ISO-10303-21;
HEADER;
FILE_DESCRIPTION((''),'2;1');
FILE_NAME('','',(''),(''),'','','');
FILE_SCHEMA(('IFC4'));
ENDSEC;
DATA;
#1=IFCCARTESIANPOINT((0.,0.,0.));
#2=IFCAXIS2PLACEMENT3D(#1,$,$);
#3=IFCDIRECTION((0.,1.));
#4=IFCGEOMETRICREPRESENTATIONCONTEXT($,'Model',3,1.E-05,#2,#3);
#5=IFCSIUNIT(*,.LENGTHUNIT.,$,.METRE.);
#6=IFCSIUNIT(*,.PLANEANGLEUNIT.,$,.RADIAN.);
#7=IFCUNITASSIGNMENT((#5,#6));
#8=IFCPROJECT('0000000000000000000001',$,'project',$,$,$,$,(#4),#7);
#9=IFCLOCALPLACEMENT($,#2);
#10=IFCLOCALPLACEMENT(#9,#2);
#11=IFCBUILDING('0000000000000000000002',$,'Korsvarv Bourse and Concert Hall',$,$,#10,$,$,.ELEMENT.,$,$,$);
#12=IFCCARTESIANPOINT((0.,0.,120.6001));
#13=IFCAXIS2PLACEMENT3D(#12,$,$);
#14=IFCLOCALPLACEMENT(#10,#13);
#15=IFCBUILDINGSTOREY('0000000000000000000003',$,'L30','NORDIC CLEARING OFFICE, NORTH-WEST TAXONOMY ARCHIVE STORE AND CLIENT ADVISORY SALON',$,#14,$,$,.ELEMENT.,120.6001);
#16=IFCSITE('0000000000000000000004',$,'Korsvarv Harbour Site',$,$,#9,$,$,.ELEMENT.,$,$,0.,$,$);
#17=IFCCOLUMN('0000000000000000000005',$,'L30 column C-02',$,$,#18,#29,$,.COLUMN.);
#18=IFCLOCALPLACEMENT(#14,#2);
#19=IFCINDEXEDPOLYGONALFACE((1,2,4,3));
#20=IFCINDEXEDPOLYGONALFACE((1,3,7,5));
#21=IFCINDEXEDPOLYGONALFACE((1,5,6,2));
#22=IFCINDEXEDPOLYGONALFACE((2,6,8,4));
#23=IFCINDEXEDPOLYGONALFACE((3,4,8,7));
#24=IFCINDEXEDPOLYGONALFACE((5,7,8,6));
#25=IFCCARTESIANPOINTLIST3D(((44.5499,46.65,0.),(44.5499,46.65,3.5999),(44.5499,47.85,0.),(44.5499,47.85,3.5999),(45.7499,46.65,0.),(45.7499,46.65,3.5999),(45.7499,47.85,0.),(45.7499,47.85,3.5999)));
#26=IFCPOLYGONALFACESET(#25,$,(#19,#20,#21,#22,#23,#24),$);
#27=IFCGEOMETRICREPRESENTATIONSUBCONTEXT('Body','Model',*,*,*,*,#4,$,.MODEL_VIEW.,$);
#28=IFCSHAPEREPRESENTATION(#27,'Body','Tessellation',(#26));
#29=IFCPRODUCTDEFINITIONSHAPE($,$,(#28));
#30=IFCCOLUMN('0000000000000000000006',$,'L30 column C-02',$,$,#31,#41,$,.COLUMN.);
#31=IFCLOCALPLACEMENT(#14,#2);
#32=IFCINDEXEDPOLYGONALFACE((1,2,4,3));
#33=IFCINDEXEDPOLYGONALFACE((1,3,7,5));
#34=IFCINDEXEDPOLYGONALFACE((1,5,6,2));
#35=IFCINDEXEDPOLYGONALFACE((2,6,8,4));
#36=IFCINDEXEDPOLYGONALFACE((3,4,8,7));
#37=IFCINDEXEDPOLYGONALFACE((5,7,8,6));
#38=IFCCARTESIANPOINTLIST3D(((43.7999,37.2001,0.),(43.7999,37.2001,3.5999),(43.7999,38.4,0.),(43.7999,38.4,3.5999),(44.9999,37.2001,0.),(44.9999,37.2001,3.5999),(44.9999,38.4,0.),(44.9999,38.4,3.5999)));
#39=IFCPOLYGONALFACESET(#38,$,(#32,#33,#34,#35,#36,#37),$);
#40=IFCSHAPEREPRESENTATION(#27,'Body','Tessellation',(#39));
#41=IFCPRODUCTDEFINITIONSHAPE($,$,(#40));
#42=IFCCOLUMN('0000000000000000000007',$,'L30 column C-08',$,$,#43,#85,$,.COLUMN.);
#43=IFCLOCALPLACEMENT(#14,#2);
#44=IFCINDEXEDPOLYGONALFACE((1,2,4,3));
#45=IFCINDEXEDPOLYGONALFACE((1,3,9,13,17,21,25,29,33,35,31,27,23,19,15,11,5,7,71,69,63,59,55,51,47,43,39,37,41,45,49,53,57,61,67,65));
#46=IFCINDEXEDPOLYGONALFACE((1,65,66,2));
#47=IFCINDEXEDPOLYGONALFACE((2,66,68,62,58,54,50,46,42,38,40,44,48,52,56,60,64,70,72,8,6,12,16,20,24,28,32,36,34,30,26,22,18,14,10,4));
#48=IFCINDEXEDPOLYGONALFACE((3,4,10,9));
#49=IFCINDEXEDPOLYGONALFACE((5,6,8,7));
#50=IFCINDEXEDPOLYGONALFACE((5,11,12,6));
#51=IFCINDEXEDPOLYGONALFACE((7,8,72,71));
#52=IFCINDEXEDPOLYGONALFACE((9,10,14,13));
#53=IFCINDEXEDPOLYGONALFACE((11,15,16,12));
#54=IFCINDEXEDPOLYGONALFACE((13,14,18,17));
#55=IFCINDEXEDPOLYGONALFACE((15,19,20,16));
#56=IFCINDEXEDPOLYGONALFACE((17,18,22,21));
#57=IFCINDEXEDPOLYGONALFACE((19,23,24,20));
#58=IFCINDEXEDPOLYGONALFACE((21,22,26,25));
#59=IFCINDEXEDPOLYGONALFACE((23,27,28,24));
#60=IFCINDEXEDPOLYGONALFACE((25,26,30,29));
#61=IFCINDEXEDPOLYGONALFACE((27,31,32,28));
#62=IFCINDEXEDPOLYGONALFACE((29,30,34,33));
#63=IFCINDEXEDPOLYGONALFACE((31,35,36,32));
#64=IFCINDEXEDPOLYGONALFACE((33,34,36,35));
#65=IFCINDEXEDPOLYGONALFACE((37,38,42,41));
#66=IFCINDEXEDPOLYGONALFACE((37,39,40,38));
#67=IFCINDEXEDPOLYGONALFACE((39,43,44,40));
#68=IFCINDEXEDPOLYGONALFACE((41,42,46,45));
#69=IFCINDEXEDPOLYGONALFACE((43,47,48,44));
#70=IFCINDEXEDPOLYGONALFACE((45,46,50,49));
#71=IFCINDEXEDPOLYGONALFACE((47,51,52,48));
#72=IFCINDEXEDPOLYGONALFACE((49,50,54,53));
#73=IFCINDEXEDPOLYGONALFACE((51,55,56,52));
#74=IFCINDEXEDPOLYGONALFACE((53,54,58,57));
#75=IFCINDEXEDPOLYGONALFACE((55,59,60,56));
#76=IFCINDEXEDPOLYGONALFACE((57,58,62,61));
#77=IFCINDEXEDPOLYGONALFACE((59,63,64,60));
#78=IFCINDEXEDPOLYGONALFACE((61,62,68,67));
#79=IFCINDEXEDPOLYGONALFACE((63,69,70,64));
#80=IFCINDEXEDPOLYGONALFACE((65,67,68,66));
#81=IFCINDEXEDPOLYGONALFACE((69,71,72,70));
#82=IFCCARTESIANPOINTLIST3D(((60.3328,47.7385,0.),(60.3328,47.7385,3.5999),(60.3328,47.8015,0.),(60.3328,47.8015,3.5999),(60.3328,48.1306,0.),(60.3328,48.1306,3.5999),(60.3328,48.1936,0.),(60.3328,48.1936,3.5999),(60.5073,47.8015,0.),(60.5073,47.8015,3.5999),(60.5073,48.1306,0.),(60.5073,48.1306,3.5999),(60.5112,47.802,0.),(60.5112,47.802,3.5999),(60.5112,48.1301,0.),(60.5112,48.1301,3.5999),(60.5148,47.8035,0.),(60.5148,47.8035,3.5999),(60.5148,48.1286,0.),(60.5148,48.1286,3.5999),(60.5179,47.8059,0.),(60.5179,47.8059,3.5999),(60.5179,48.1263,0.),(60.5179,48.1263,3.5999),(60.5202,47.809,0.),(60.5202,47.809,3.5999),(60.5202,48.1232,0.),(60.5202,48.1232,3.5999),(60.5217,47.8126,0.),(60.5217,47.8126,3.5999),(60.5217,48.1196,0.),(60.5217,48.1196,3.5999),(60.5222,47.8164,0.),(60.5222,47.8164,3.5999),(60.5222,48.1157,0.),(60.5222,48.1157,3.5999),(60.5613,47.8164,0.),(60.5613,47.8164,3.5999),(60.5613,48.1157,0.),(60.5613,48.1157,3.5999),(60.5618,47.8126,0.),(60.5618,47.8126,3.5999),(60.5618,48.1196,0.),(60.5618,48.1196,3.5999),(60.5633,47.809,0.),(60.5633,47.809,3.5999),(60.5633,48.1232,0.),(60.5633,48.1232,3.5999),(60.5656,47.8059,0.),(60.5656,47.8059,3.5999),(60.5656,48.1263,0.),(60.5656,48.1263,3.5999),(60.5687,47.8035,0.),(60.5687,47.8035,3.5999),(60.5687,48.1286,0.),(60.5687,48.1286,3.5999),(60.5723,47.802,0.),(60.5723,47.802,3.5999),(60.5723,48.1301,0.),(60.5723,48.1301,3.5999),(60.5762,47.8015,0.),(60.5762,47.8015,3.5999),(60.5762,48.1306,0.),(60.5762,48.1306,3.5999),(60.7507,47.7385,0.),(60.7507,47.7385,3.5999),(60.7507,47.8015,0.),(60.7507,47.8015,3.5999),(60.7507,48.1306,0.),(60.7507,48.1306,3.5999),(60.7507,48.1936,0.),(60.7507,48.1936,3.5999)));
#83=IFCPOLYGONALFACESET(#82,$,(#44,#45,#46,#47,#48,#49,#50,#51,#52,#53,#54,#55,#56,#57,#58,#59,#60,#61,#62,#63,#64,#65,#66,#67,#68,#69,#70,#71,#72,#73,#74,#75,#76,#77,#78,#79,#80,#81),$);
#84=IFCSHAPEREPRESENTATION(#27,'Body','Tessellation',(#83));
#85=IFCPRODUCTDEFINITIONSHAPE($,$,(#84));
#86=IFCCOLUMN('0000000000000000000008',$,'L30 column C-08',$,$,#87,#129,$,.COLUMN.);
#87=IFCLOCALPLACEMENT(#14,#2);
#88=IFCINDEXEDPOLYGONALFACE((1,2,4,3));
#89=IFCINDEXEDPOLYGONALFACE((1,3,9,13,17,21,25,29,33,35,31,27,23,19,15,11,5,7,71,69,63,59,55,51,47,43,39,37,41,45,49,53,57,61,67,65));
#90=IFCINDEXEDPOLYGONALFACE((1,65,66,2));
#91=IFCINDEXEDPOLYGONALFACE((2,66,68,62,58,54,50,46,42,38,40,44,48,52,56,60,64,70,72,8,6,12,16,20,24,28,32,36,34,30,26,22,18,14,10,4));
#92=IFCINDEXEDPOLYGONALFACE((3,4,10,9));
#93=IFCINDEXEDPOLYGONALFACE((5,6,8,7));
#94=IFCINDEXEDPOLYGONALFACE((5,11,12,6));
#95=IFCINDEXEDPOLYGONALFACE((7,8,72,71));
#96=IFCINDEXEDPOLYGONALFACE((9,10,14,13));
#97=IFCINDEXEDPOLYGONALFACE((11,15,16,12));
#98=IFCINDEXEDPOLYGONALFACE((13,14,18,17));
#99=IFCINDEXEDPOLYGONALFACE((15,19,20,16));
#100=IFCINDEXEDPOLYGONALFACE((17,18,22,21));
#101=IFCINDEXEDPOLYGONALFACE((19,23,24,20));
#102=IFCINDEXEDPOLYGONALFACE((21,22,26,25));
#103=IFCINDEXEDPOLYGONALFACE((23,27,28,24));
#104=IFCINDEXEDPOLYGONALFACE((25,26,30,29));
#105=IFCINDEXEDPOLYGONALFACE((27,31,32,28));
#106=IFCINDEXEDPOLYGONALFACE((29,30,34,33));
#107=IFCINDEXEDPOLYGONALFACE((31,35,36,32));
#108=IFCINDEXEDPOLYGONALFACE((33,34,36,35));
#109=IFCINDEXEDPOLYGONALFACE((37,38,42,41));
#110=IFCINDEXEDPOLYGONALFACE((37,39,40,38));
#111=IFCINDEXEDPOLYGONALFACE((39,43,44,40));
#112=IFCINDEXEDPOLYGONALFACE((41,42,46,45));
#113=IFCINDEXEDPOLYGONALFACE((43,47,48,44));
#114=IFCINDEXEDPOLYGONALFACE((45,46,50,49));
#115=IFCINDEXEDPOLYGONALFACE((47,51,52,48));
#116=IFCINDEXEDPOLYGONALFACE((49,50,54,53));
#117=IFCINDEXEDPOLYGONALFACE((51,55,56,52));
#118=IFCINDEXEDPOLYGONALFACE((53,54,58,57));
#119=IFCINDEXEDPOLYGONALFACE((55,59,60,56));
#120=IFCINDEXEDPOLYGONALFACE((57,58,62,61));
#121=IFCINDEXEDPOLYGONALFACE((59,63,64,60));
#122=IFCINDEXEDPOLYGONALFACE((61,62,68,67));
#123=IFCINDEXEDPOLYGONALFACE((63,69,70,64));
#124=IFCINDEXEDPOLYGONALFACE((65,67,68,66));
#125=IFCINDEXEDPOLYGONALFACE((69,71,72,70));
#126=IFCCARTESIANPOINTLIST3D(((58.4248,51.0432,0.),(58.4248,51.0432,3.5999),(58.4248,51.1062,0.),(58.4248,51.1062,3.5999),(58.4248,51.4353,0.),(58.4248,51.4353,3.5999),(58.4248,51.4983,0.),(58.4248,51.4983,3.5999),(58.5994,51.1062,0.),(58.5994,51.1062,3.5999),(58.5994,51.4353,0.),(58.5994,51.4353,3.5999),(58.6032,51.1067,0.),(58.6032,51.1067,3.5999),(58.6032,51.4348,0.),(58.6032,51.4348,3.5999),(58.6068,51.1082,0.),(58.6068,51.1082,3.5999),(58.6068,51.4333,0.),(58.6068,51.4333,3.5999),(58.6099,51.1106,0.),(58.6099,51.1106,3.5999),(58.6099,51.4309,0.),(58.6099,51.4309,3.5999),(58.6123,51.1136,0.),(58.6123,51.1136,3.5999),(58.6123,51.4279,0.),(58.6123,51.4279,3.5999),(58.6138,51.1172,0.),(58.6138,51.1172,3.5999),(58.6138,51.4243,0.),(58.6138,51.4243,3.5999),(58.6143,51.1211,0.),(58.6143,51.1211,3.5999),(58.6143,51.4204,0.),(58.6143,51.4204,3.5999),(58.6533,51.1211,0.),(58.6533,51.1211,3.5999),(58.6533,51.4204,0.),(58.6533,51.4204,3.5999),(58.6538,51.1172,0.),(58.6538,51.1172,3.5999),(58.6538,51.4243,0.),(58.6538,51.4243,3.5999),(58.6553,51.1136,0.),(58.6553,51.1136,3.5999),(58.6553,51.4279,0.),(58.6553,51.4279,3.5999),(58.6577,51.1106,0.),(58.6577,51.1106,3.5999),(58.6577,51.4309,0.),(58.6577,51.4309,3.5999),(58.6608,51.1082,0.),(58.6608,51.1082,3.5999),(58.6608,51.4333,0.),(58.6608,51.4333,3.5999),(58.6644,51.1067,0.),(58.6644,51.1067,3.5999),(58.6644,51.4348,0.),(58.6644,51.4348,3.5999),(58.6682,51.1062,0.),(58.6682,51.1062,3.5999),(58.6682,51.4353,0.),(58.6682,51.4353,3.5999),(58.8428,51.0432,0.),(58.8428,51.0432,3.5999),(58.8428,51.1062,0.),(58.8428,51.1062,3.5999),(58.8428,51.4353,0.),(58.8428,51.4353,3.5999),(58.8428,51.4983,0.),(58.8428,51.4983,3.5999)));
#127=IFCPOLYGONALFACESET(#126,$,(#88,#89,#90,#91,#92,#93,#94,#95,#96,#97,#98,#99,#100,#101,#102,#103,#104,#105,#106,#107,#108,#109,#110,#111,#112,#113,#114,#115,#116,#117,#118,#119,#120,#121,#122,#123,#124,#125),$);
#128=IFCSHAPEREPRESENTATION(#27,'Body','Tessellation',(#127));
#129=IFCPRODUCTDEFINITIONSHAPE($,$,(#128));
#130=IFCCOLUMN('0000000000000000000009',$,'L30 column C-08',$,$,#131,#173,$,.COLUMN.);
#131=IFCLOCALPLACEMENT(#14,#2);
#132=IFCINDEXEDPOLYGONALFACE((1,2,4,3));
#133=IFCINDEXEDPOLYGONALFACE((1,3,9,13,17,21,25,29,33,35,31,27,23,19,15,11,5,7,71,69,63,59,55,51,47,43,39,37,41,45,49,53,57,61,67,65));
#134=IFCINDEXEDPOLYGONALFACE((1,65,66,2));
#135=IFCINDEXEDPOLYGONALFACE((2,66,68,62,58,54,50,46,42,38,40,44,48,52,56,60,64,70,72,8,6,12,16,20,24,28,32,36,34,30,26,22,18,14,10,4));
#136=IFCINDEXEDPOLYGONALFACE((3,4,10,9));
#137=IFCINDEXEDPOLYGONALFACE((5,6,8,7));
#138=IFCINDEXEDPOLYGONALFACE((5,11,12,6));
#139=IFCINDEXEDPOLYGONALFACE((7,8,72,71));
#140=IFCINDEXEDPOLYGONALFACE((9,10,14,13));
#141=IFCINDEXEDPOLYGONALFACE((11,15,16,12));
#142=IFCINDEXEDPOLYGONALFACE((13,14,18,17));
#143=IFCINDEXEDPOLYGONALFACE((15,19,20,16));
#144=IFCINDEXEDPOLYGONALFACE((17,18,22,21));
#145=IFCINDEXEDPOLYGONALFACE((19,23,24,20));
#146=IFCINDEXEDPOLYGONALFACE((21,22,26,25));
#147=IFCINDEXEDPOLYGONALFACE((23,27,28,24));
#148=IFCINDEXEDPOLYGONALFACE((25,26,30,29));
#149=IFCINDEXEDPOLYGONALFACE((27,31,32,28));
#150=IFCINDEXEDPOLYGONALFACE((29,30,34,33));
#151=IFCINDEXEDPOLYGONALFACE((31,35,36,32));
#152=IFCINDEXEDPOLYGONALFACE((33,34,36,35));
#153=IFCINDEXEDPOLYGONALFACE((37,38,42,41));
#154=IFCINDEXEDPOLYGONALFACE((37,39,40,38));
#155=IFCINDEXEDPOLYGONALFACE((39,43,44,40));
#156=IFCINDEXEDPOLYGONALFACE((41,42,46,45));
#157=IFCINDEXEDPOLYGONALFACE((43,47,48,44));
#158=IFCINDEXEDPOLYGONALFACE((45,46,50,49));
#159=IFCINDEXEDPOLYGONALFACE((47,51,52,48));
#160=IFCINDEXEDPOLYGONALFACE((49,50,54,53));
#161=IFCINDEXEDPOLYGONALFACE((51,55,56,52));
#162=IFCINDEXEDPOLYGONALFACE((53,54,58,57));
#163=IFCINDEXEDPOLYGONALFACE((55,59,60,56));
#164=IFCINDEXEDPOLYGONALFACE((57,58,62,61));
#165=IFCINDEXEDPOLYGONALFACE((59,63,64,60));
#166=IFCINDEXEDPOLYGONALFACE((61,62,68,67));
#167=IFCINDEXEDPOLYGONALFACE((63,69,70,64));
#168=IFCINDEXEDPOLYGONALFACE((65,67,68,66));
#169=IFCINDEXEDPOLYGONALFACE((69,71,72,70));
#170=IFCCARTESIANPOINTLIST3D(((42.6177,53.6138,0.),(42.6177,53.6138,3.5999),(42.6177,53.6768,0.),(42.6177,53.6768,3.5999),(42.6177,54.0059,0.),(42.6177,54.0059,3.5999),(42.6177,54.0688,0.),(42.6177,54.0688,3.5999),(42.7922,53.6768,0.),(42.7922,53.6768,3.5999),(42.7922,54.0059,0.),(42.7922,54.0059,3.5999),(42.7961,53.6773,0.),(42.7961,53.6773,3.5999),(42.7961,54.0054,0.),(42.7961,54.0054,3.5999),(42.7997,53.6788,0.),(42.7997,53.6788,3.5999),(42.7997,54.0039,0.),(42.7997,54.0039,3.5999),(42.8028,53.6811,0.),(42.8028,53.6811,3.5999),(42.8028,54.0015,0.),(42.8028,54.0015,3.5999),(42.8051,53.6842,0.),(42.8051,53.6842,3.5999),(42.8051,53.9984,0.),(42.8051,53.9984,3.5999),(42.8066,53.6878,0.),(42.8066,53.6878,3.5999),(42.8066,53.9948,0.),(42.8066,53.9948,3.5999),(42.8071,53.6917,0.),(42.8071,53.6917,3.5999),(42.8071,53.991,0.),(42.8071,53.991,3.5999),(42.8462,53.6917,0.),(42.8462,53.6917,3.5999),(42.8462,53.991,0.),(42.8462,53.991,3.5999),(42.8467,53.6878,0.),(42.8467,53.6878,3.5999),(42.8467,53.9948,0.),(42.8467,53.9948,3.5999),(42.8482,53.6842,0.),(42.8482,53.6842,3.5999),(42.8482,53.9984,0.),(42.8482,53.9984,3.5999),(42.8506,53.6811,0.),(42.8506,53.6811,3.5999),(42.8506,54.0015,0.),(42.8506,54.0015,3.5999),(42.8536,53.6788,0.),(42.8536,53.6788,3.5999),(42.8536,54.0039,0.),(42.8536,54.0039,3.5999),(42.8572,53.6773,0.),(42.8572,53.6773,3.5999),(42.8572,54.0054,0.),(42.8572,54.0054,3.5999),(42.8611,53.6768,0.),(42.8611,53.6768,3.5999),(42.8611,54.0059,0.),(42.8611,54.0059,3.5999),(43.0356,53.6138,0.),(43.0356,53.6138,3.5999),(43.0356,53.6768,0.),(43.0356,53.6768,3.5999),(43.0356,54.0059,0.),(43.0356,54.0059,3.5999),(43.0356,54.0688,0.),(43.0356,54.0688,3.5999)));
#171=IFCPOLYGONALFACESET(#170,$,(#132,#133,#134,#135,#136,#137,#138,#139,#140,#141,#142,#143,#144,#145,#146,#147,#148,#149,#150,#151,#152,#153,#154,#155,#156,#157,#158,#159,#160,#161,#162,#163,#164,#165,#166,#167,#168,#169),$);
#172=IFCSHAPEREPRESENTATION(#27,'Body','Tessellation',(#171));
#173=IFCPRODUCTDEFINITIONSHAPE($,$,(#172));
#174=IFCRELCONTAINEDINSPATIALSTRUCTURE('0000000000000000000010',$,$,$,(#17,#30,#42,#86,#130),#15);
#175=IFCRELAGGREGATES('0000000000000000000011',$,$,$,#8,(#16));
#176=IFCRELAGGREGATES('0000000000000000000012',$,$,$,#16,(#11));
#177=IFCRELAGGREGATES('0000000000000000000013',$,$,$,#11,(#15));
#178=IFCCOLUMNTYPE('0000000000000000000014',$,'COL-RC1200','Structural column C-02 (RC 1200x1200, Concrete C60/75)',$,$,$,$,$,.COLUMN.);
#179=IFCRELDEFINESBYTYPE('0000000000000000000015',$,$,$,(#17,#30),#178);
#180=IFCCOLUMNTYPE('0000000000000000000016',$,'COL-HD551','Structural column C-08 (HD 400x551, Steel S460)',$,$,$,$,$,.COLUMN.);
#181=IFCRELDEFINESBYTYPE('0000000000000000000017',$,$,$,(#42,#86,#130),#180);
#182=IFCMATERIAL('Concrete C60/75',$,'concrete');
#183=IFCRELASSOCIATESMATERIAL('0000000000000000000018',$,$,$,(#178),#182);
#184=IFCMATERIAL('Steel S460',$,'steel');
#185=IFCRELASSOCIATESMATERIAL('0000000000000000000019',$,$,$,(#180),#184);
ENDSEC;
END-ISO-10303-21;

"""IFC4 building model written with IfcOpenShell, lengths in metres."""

from ifc_helpers import new_model, si_unit, direction, frame, origin, origin_2d, place, context, subcontext, project, spatial, rectangle, i_section, extrude, source, transform, mapped, material, material_profile, profile_set, type_object, element, save


model = new_model("IFC4")

# Units and contexts
model_context = context("Model", 3, precision=1e-05, world=origin(), true_north=direction((0.0, 1.0)))
body_context = subcontext(model_context, "Body", "Model", "MODEL_VIEW")
ifc_project = project(units=[si_unit("LENGTHUNIT", "METRE"), si_unit("PLANEANGLEUNIT", "RADIAN")], contexts=[model_context])

# Site, building, storey
site_placement = place(None, origin())
site = spatial("IfcSite", under=ifc_project, at=site_placement, Name="Korsvarv Harbour Site", CompositionType="ELEMENT", RefElevation=0.0)
building_placement = place(site_placement, origin())
building = spatial("IfcBuilding", under=site, at=building_placement, Name="Korsvarv Bourse and Concert Hall", CompositionType="ELEMENT")
storey_placement = place(building_placement, frame((0.0, 0.0, 120.6001)))
storey = spatial("IfcBuildingStorey", under=building, at=storey_placement, Name="L30", Description="NORDIC CLEARING OFFICE, NORTH-WEST TAXONOMY ARCHIVE STORE AND CLIENT ADVISORY SALON", CompositionType="ELEMENT", Elevation=120.6001)

# Columns
ifc_material_1 = material(Name="Concrete C60/75", Category="concrete")
ifc_material_profile_1 = material_profile(ifc_material_1, rectangle(XDim=1.2, YDim=1.2, at=origin_2d()), Name="RC 1200x1200")
ifc_profile_set_1 = profile_set([ifc_material_profile_1], Name="Concrete C60/75")
column_type_1 = type_object("IfcColumnType", Name="COL-RC1200", Description="Structural column C-02 (RC 1200x1200, Concrete C60/75)", PredefinedType="COLUMN", material=ifc_profile_set_1)
shared_shape_1 = source(origin(), body_context, "Body", "SweptSolid", [
    extrude(rectangle(XDim=1.2, YDim=1.2, at=origin_2d()), origin(), (0.0, 0.0, 1.0), 3.5999),
])
for number, where, z_axis, x_axis, name in (
    (1, (45.1499, 47.25, 0.0), (0.0, 0.0, 1.0), (1.0, 0.0, 0.0), "L30 column C-02"),
    (2, (44.3999, 37.8, 0.0), (0.0, 0.0, 1.0), (1.0, 0.0, 0.0), "L30 column C-02"),
):
    element("IfcColumn", number, at=place(storey_placement, frame(where, z_axis=z_axis, x_axis=x_axis)), inside=storey, type_object=column_type_1, Name=name, PredefinedType="COLUMN", context=body_context, shape_type="MappedRepresentation", body=[
        mapped(shared_shape_1, transform((0.0, 0.0, 0.0), scale=1.0)),
    ])
ifc_material_2 = material(Name="Steel S460", Category="steel")
ifc_material_profile_2 = material_profile(ifc_material_2, i_section(OverallWidth=0.418, OverallDepth=0.4551, WebThickness=0.0391, FlangeThickness=0.063, FilletRadius=0.0149, at=origin_2d()), Name="HD 400x551")
ifc_profile_set_2 = profile_set([ifc_material_profile_2], Name="Steel S460")
column_type_2 = type_object("IfcColumnType", Name="COL-HD551", Description="Structural column C-08 (HD 400x551, Steel S460)", PredefinedType="COLUMN", material=ifc_profile_set_2)
shared_shape_2 = source(origin(), body_context, "Body", "SweptSolid", [
    extrude(i_section(OverallWidth=0.418, OverallDepth=0.4551, WebThickness=0.0391, FlangeThickness=0.063, FilletRadius=0.0149, at=origin_2d()), origin(), (0.0, 0.0, 1.0), 3.5999),
])
for number, where, z_axis, x_axis, name in (
    (3, (60.5417, 47.9661, 0.0), (0.0, 0.0, 1.0), (1.0, 0.0, 0.0), "L30 column C-08"),
    (4, (58.6338, 51.2708, 0.0), (0.0, 0.0, 1.0), (1.0, 0.0, 0.0), "L30 column C-08"),
    (5, (42.8267, 53.8413, 0.0), (0.0, 0.0, 1.0), (1.0, 0.0, 0.0), "L30 column C-08"),
):
    element("IfcColumn", number, at=place(storey_placement, frame(where, z_axis=z_axis, x_axis=x_axis)), inside=storey, type_object=column_type_2, Name=name, PredefinedType="COLUMN", context=body_context, shape_type="MappedRepresentation", body=[
        mapped(shared_shape_2, transform((0.0, 0.0, 0.0), scale=1.0)),
    ])

save(model, "model.ifc")
